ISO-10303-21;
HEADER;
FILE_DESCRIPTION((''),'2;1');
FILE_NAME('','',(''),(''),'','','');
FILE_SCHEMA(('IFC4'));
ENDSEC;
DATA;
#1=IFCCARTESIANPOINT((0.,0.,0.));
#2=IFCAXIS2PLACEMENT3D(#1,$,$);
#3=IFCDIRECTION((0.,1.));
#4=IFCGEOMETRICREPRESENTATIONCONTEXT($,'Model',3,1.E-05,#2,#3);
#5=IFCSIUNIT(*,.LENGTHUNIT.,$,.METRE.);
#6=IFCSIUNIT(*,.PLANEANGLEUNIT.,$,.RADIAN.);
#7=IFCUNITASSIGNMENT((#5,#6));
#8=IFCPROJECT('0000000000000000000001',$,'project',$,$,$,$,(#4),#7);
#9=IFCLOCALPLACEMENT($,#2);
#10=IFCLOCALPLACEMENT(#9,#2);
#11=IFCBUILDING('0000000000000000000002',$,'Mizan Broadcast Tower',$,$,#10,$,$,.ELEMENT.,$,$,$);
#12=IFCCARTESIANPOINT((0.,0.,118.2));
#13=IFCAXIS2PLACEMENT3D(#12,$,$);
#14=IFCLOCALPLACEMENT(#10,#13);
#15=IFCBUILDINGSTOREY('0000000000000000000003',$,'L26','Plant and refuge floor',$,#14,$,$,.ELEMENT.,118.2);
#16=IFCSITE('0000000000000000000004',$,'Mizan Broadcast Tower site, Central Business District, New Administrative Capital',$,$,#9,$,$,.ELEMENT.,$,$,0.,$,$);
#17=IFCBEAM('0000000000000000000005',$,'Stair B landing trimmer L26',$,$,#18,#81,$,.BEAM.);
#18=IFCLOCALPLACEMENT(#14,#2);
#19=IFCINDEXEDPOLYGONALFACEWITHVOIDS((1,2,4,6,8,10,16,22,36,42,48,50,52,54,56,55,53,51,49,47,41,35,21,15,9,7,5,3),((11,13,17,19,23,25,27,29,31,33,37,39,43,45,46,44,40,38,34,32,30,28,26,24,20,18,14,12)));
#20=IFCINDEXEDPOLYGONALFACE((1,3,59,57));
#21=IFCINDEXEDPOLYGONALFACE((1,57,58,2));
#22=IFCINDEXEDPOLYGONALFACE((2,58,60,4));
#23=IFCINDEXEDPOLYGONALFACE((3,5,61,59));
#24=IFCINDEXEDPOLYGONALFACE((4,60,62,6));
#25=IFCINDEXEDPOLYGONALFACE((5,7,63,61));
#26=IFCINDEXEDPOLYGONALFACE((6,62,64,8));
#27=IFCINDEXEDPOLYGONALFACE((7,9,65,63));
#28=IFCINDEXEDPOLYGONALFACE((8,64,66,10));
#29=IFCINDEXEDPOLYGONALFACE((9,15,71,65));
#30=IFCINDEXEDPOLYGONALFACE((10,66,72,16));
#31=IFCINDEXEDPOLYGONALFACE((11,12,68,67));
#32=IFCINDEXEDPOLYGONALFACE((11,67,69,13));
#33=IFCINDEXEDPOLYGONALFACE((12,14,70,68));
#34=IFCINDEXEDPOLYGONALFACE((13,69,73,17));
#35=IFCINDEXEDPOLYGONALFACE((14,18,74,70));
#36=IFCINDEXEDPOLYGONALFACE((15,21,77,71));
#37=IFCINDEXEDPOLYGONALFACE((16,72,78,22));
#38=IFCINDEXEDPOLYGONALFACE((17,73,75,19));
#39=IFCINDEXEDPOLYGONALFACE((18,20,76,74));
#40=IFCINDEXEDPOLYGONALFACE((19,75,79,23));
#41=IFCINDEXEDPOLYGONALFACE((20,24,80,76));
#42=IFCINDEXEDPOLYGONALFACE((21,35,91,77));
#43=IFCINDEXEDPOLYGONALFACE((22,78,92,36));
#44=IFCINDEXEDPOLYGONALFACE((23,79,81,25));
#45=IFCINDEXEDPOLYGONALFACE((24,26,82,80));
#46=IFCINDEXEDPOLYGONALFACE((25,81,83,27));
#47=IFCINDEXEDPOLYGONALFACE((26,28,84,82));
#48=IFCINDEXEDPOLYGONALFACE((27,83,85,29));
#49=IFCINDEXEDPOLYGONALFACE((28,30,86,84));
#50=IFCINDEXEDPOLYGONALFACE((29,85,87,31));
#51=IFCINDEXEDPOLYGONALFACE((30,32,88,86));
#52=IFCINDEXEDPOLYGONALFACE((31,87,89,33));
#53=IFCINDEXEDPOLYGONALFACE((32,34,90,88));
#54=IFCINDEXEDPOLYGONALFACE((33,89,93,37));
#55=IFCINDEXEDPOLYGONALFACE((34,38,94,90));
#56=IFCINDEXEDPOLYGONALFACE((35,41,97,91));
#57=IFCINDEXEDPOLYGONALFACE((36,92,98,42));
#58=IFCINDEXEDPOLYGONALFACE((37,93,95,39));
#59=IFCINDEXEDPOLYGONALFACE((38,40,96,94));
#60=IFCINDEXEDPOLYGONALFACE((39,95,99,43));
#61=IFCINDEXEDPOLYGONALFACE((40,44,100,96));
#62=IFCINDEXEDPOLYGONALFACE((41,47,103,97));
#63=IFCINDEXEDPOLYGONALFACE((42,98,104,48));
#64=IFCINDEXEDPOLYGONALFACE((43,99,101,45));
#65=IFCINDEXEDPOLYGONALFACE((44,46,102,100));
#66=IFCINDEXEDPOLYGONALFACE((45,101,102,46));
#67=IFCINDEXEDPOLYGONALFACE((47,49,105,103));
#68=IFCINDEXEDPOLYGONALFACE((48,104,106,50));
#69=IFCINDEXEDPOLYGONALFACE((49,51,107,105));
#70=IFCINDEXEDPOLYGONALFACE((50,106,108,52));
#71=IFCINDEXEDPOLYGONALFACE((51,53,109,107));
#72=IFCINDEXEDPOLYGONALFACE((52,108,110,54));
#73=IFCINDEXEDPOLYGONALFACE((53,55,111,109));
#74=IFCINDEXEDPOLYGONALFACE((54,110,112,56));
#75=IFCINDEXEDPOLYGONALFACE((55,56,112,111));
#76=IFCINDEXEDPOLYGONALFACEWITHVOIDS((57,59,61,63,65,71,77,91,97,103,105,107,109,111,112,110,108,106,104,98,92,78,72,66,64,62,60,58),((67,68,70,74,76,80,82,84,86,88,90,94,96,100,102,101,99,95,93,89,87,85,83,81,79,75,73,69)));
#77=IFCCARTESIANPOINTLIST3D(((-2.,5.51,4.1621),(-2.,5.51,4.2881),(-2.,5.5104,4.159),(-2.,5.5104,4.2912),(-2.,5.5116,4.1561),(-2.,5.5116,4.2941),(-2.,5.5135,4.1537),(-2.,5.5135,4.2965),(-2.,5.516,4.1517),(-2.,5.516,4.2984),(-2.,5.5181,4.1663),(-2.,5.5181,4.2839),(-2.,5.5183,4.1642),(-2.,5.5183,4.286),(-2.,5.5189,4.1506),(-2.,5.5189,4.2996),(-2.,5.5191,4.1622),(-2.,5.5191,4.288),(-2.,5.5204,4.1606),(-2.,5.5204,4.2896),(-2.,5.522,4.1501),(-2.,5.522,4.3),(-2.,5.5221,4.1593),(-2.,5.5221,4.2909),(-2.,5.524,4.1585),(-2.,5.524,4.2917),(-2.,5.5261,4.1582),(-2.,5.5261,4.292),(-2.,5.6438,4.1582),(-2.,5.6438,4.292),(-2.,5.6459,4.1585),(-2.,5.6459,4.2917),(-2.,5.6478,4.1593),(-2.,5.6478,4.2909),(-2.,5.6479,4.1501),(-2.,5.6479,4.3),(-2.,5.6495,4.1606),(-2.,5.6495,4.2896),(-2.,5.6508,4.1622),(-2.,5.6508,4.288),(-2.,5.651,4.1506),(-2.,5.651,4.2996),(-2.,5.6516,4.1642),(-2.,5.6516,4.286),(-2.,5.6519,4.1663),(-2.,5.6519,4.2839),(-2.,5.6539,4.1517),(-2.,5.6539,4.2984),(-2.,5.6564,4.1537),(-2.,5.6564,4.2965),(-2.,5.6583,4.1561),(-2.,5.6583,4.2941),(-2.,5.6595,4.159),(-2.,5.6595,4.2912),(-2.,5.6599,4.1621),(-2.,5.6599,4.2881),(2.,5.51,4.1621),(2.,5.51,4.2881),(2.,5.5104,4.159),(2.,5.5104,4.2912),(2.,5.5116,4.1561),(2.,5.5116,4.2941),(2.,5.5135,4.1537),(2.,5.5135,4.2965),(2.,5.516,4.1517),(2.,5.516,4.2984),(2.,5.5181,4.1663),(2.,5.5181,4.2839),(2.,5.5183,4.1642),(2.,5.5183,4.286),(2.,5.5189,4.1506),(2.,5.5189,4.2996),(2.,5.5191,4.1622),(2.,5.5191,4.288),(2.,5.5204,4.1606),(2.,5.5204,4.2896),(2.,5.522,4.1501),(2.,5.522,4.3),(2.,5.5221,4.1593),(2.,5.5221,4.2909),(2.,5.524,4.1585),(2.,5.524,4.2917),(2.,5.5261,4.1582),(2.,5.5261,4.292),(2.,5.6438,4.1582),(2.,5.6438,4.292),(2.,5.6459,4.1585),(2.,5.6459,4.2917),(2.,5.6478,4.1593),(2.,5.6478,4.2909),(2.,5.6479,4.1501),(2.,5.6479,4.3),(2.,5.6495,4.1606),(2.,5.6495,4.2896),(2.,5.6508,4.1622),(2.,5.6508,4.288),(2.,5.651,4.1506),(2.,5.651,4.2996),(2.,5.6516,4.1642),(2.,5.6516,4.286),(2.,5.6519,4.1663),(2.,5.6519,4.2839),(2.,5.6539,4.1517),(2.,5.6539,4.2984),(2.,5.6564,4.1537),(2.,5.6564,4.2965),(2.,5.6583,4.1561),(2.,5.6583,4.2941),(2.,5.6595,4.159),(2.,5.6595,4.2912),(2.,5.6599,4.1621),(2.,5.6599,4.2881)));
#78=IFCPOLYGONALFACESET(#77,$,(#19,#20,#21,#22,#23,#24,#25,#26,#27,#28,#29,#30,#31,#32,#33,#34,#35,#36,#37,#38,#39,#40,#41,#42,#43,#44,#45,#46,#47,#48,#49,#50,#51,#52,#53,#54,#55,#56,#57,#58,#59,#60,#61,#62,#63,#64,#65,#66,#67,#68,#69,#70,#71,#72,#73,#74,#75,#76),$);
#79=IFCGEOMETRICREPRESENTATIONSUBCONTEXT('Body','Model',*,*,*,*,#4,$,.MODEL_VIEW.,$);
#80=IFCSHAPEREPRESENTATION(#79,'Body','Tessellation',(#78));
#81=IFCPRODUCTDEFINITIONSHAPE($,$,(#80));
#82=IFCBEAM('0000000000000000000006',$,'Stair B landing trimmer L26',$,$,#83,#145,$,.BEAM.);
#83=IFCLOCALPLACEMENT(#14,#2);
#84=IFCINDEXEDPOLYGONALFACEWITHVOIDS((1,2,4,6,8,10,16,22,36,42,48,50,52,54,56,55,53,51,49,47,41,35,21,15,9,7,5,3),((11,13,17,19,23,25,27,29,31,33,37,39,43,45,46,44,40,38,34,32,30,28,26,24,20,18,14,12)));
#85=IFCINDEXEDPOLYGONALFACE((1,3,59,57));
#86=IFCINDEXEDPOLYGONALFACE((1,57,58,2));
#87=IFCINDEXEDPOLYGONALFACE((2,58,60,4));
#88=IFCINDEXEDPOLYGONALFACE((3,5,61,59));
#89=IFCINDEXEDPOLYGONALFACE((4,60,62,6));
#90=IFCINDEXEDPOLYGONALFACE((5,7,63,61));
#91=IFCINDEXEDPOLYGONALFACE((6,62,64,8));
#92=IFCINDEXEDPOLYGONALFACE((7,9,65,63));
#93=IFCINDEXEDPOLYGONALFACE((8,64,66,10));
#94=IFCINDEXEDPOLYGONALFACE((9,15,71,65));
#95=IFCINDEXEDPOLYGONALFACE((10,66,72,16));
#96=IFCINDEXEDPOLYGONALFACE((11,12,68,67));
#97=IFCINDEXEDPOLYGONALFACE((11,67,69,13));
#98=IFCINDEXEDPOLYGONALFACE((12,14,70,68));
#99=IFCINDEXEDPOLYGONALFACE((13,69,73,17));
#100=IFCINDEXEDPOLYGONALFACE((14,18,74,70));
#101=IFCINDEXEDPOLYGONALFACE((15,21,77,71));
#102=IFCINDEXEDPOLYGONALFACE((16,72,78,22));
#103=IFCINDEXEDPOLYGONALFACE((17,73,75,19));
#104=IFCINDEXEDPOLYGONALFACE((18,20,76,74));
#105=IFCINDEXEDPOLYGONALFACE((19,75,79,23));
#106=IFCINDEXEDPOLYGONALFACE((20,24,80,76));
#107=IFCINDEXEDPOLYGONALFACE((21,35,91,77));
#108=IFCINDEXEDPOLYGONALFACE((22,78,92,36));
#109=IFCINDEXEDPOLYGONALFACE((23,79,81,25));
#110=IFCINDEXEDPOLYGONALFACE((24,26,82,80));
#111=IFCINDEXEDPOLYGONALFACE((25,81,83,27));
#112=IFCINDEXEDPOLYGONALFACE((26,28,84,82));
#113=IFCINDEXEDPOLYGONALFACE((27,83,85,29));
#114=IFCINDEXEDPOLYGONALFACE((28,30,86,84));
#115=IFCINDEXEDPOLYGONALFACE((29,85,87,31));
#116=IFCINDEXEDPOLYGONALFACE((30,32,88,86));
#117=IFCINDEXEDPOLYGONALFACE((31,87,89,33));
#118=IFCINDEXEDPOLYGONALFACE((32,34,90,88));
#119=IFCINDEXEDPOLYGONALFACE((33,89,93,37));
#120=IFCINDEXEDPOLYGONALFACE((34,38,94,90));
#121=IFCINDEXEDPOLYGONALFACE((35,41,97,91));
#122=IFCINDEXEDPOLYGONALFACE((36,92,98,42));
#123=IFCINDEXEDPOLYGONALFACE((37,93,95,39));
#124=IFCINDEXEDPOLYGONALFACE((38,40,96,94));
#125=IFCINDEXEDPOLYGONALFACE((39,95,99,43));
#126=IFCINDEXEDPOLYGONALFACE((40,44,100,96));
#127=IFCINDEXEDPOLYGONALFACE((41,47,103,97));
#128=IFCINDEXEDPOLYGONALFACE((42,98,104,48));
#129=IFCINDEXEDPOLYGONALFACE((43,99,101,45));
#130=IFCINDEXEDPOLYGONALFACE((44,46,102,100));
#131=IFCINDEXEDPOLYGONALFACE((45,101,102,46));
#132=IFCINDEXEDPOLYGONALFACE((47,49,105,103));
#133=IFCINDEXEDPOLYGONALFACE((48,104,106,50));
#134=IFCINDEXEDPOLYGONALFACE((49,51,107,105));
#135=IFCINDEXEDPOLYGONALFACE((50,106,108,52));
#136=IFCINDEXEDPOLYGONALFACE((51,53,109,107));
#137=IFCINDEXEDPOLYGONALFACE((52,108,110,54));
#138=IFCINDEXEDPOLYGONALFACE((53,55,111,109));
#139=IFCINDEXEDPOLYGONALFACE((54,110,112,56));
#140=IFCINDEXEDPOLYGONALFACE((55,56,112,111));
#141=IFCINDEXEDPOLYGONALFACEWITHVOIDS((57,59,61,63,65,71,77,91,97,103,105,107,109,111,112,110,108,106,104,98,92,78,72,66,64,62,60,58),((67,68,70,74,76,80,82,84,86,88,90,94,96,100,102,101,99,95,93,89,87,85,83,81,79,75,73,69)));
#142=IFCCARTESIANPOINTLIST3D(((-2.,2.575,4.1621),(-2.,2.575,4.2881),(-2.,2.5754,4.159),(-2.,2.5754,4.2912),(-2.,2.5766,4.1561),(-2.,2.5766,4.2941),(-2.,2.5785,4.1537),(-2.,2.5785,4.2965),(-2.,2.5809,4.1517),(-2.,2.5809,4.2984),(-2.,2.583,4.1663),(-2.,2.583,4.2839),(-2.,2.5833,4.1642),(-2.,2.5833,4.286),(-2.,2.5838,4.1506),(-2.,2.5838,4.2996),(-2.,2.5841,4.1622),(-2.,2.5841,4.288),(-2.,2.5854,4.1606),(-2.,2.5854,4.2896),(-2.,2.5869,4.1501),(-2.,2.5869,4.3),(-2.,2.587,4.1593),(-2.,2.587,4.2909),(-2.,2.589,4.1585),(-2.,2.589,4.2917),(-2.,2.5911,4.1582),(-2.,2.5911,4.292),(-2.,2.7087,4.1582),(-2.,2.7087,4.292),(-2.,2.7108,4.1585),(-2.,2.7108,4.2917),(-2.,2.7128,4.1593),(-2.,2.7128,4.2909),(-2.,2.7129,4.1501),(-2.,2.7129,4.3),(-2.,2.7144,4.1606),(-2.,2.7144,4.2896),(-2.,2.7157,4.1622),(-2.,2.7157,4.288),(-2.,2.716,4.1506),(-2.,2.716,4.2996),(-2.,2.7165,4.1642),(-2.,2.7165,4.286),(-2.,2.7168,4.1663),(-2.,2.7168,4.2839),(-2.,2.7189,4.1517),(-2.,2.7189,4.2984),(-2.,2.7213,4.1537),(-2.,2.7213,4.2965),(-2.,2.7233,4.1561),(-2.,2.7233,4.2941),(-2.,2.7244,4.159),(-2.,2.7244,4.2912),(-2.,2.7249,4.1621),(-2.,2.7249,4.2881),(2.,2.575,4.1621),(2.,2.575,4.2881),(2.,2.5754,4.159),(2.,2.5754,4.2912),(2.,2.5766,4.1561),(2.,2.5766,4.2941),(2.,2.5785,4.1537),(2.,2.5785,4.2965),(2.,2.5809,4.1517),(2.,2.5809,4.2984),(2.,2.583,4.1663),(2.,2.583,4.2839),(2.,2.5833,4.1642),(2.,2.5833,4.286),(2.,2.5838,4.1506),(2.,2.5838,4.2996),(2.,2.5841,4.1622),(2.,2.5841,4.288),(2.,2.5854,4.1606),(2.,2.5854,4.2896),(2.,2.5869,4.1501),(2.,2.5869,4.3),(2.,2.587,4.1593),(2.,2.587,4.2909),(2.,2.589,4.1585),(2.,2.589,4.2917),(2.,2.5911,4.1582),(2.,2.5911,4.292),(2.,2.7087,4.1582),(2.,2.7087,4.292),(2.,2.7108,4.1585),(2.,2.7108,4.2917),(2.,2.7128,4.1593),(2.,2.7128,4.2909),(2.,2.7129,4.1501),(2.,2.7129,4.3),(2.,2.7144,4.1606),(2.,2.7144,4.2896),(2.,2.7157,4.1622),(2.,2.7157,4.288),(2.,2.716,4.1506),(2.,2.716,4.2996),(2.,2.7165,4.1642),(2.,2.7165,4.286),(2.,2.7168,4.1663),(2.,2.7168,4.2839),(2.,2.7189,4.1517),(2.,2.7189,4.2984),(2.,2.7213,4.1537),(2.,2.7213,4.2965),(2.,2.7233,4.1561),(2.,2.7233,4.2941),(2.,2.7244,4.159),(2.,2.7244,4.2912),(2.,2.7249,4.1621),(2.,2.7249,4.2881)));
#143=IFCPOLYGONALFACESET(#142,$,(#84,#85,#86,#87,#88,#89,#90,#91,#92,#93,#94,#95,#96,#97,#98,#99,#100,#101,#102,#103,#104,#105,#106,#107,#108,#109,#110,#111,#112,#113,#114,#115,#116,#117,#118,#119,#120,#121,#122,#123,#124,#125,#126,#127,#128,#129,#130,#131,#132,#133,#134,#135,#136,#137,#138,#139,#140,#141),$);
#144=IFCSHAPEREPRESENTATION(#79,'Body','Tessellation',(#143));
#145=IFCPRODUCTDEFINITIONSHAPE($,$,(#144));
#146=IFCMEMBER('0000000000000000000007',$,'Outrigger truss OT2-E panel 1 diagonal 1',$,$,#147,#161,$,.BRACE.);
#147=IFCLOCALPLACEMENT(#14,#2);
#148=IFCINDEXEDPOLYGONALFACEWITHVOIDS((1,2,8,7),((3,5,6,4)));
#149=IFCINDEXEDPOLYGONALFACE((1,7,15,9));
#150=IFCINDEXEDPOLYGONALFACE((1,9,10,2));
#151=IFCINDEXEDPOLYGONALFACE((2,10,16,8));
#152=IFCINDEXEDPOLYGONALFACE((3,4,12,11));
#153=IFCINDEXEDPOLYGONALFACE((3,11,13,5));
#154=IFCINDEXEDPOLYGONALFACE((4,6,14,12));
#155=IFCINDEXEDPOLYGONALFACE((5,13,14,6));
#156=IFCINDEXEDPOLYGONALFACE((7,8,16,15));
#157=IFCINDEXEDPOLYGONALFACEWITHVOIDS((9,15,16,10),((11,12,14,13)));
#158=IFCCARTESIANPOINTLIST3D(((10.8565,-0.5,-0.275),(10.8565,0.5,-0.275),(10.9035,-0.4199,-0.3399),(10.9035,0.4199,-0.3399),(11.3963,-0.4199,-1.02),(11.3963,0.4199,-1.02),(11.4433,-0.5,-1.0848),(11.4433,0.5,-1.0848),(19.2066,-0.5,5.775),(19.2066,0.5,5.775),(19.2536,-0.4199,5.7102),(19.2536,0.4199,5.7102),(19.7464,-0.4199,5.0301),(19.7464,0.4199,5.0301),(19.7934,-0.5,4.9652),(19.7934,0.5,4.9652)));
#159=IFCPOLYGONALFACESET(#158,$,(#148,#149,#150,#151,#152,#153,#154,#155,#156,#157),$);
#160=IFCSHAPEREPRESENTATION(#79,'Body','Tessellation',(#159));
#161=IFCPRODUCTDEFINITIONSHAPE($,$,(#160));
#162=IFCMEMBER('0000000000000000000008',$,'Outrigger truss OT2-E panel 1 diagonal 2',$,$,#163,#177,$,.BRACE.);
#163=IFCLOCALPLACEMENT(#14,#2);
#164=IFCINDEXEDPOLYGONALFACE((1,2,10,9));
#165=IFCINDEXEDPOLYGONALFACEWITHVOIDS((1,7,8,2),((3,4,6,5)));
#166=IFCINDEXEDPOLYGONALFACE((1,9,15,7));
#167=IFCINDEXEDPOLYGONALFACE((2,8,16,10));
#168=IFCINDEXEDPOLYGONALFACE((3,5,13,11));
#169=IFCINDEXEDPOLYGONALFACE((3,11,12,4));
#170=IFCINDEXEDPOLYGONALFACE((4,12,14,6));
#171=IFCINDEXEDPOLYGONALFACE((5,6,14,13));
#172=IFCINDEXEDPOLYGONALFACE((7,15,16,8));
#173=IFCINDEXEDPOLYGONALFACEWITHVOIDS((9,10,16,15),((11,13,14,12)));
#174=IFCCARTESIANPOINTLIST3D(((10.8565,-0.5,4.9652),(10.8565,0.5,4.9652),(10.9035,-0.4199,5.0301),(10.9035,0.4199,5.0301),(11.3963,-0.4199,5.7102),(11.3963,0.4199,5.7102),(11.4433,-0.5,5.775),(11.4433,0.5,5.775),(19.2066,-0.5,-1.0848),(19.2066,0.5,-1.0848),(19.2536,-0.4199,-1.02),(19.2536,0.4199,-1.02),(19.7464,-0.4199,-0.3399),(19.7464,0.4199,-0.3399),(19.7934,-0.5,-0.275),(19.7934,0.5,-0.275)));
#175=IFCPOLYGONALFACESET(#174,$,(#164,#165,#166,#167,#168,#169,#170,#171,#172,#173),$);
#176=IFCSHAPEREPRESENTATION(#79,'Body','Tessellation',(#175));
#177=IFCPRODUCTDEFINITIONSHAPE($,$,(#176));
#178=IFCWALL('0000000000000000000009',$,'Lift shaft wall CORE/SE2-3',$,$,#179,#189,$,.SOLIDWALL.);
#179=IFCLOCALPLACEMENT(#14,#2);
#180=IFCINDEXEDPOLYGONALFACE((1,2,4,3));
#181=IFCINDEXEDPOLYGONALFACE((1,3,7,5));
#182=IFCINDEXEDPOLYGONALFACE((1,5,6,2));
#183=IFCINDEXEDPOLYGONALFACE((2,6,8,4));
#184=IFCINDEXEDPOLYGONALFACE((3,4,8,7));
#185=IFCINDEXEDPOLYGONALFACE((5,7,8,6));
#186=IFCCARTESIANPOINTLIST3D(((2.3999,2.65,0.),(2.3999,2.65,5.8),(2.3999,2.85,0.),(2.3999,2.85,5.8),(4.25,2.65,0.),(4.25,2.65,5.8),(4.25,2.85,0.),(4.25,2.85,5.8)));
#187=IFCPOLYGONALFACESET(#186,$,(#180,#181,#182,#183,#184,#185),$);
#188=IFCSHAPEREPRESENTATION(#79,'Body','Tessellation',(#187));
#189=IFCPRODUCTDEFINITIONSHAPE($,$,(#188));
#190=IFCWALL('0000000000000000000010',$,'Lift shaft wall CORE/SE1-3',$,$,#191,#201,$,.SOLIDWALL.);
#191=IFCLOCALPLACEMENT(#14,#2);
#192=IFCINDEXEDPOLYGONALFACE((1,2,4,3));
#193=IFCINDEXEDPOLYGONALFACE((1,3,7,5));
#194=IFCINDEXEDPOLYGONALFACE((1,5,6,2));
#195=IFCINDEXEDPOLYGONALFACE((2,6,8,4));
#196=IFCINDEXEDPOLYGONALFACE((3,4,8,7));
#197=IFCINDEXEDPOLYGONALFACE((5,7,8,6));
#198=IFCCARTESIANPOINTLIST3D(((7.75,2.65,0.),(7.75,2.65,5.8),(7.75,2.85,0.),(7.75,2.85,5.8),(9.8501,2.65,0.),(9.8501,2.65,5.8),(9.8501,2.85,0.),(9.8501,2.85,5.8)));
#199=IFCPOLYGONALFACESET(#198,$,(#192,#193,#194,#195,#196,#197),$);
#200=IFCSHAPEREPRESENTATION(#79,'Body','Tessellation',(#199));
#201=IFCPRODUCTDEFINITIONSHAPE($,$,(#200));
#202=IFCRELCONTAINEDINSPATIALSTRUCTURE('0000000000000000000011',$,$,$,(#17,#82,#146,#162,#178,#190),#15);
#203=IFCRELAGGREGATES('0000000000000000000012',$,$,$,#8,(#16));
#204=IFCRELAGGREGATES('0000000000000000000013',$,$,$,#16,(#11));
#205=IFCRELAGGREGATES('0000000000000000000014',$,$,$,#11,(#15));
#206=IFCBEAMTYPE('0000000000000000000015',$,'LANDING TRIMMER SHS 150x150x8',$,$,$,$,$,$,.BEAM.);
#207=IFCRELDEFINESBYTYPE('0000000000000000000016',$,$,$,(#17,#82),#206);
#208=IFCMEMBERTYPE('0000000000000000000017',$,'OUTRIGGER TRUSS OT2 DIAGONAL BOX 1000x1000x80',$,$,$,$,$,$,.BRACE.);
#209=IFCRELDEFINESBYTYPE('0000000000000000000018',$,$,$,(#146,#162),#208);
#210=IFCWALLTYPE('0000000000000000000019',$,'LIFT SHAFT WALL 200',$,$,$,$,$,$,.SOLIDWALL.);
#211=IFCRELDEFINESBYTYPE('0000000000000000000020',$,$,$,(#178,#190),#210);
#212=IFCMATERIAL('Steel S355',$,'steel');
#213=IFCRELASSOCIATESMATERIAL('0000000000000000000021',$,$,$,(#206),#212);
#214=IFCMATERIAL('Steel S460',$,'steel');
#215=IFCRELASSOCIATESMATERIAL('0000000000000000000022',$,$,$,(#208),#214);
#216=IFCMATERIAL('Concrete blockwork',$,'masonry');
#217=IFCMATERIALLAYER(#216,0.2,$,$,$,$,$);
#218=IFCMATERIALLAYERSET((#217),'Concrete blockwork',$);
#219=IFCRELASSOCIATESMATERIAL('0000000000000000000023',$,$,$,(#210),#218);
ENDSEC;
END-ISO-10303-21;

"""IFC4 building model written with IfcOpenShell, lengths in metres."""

from ifc_helpers import new_model, si_unit, direction, frame, frame_2d, origin, origin_2d, place, context, subcontext, project, spatial, rectangle, hollow_rectangle, extrude, material, layer, layer_set, material_profile, profile_set, type_object, element, save


model = new_model("IFC4")

# Units and contexts
model_context = context("Model", 3, precision=1e-05, world=origin(), true_north=direction((0.0, 1.0)))
body_context = subcontext(model_context, "Body", "Model", "MODEL_VIEW")
ifc_project = project(units=[si_unit("LENGTHUNIT", "METRE"), si_unit("PLANEANGLEUNIT", "RADIAN")], contexts=[model_context])

# Site, building, storey
site_placement = place(None, origin())
site = spatial("IfcSite", under=ifc_project, at=site_placement, Name="Mizan Broadcast Tower site, Central Business District, New Administrative Capital", CompositionType="ELEMENT", RefElevation=0.0)
building_placement = place(site_placement, origin())
building = spatial("IfcBuilding", under=site, at=building_placement, Name="Mizan Broadcast Tower", CompositionType="ELEMENT")
storey_placement = place(building_placement, frame((0.0, 0.0, 118.2)))
storey = spatial("IfcBuildingStorey", under=building, at=storey_placement, Name="L26", Description="Plant and refuge floor", CompositionType="ELEMENT", Elevation=118.2)

# Beams
ifc_material_1 = material(Name="Steel S355", Category="steel")
ifc_material_profile_1 = material_profile(ifc_material_1, hollow_rectangle(XDim=0.1499, YDim=0.1499, WallThickness=0.0081, InnerFilletRadius=0.0081, OuterFilletRadius=0.012, at=origin_2d()), Name="SHS 150x150x8")
ifc_profile_set_1 = profile_set([ifc_material_profile_1], Name="Steel S355")
beam_type = type_object("IfcBeamType", Name="LANDING TRIMMER SHS 150x150x8", PredefinedType="BEAM", material=ifc_profile_set_1)
for number, where, z_axis, x_axis, name in (
    (1, (2.0, 5.585, 4.2251), (-1.0, 0.0, 0.0), (0.0, -1.0, 0.0), "Stair B landing trimmer L26"),
    (2, (2.0, 2.6499, 4.2251), (-1.0, 0.0, 0.0), (0.0, -1.0, 0.0), "Stair B landing trimmer L26"),
):
    element("IfcBeam", number, at=place(storey_placement, frame(where, z_axis=z_axis, x_axis=x_axis)), inside=storey, type_object=beam_type, Name=name, PredefinedType="BEAM", context=body_context, shape_type="SweptSolid", body=[
        extrude(hollow_rectangle(XDim=0.1499, YDim=0.1499, WallThickness=0.0081, InnerFilletRadius=0.0081, OuterFilletRadius=0.012, at=origin_2d()), origin(), (0.0, 0.0, 1.0), 4.0),
    ])

# Members
ifc_material_2 = material(Name="Steel S460", Category="steel")
ifc_material_profile_2 = material_profile(ifc_material_2, hollow_rectangle(XDim=1.0, YDim=1.0, WallThickness=0.0801, at=origin_2d()), Name="BOX 1000x1000x80")
ifc_profile_set_2 = profile_set([ifc_material_profile_2], Name="Steel S460")
member_type = type_object("IfcMemberType", Name="OUTRIGGER TRUSS OT2 DIAGONAL BOX 1000x1000x80", PredefinedType="BRACE", material=ifc_profile_set_2)
for number, where, z_axis, x_axis, name in (
    (3, (11.1499, 0.0, -0.6799), (0.809784, 0.0, 0.586728), (0.0, 1.0, 0.0), "Outrigger truss OT2-E panel 1 diagonal 1"),
    (4, (11.1499, 0.0, 5.3701), (0.809784, 0.0, -0.586728), (0.0, 1.0, 0.0), "Outrigger truss OT2-E panel 1 diagonal 2"),
):
    element("IfcMember", number, at=place(storey_placement, frame(where, z_axis=z_axis, x_axis=x_axis)), inside=storey, type_object=member_type, Name=name, PredefinedType="BRACE", context=body_context, shape_type="SweptSolid", body=[
        extrude(hollow_rectangle(XDim=1.0, YDim=1.0, WallThickness=0.0801, at=origin_2d()), origin(), (0.0, 0.0, 1.0), 10.3115),
    ])

# Walls
ifc_material_3 = material(Name="Concrete blockwork", Category="masonry")
ifc_layer_1 = layer(ifc_material_3, 0.2)
ifc_layer_set_1 = layer_set([ifc_layer_1], Name="Concrete blockwork")
wall_type_1 = type_object("IfcWallType", Name="LIFT SHAFT WALL 200", PredefinedType="SOLIDWALL", material=ifc_layer_set_1)
wall_1_placement = place(storey_placement, frame((2.3999, 2.75, 0.0), z_axis=(0.0, 0.0, 1.0), x_axis=(1.0, 0.0, 0.0)))
element("IfcWall", 5, at=wall_1_placement, inside=storey, type_object=wall_type_1, Name="Lift shaft wall CORE/SE2-3", PredefinedType="SOLIDWALL", context=body_context, shape_type="SweptSolid", body=[
    extrude(rectangle(XDim=1.8501, YDim=0.2, at=frame_2d((0.925, 0.0))), origin(), (0.0, 0.0, 1.0), 5.8),
])
wall_2_placement = place(storey_placement, frame((7.75, 2.75, 0.0), z_axis=(0.0, 0.0, 1.0), x_axis=(1.0, 0.0, 0.0)))
element("IfcWall", 6, at=wall_2_placement, inside=storey, type_object=wall_type_1, Name="Lift shaft wall CORE/SE1-3", PredefinedType="SOLIDWALL", context=body_context, shape_type="SweptSolid", body=[
    extrude(rectangle(XDim=2.1001, YDim=0.2, at=frame_2d((1.05, 0.0))), origin(), (0.0, 0.0, 1.0), 5.8),
])

save(model, "model.ifc")
